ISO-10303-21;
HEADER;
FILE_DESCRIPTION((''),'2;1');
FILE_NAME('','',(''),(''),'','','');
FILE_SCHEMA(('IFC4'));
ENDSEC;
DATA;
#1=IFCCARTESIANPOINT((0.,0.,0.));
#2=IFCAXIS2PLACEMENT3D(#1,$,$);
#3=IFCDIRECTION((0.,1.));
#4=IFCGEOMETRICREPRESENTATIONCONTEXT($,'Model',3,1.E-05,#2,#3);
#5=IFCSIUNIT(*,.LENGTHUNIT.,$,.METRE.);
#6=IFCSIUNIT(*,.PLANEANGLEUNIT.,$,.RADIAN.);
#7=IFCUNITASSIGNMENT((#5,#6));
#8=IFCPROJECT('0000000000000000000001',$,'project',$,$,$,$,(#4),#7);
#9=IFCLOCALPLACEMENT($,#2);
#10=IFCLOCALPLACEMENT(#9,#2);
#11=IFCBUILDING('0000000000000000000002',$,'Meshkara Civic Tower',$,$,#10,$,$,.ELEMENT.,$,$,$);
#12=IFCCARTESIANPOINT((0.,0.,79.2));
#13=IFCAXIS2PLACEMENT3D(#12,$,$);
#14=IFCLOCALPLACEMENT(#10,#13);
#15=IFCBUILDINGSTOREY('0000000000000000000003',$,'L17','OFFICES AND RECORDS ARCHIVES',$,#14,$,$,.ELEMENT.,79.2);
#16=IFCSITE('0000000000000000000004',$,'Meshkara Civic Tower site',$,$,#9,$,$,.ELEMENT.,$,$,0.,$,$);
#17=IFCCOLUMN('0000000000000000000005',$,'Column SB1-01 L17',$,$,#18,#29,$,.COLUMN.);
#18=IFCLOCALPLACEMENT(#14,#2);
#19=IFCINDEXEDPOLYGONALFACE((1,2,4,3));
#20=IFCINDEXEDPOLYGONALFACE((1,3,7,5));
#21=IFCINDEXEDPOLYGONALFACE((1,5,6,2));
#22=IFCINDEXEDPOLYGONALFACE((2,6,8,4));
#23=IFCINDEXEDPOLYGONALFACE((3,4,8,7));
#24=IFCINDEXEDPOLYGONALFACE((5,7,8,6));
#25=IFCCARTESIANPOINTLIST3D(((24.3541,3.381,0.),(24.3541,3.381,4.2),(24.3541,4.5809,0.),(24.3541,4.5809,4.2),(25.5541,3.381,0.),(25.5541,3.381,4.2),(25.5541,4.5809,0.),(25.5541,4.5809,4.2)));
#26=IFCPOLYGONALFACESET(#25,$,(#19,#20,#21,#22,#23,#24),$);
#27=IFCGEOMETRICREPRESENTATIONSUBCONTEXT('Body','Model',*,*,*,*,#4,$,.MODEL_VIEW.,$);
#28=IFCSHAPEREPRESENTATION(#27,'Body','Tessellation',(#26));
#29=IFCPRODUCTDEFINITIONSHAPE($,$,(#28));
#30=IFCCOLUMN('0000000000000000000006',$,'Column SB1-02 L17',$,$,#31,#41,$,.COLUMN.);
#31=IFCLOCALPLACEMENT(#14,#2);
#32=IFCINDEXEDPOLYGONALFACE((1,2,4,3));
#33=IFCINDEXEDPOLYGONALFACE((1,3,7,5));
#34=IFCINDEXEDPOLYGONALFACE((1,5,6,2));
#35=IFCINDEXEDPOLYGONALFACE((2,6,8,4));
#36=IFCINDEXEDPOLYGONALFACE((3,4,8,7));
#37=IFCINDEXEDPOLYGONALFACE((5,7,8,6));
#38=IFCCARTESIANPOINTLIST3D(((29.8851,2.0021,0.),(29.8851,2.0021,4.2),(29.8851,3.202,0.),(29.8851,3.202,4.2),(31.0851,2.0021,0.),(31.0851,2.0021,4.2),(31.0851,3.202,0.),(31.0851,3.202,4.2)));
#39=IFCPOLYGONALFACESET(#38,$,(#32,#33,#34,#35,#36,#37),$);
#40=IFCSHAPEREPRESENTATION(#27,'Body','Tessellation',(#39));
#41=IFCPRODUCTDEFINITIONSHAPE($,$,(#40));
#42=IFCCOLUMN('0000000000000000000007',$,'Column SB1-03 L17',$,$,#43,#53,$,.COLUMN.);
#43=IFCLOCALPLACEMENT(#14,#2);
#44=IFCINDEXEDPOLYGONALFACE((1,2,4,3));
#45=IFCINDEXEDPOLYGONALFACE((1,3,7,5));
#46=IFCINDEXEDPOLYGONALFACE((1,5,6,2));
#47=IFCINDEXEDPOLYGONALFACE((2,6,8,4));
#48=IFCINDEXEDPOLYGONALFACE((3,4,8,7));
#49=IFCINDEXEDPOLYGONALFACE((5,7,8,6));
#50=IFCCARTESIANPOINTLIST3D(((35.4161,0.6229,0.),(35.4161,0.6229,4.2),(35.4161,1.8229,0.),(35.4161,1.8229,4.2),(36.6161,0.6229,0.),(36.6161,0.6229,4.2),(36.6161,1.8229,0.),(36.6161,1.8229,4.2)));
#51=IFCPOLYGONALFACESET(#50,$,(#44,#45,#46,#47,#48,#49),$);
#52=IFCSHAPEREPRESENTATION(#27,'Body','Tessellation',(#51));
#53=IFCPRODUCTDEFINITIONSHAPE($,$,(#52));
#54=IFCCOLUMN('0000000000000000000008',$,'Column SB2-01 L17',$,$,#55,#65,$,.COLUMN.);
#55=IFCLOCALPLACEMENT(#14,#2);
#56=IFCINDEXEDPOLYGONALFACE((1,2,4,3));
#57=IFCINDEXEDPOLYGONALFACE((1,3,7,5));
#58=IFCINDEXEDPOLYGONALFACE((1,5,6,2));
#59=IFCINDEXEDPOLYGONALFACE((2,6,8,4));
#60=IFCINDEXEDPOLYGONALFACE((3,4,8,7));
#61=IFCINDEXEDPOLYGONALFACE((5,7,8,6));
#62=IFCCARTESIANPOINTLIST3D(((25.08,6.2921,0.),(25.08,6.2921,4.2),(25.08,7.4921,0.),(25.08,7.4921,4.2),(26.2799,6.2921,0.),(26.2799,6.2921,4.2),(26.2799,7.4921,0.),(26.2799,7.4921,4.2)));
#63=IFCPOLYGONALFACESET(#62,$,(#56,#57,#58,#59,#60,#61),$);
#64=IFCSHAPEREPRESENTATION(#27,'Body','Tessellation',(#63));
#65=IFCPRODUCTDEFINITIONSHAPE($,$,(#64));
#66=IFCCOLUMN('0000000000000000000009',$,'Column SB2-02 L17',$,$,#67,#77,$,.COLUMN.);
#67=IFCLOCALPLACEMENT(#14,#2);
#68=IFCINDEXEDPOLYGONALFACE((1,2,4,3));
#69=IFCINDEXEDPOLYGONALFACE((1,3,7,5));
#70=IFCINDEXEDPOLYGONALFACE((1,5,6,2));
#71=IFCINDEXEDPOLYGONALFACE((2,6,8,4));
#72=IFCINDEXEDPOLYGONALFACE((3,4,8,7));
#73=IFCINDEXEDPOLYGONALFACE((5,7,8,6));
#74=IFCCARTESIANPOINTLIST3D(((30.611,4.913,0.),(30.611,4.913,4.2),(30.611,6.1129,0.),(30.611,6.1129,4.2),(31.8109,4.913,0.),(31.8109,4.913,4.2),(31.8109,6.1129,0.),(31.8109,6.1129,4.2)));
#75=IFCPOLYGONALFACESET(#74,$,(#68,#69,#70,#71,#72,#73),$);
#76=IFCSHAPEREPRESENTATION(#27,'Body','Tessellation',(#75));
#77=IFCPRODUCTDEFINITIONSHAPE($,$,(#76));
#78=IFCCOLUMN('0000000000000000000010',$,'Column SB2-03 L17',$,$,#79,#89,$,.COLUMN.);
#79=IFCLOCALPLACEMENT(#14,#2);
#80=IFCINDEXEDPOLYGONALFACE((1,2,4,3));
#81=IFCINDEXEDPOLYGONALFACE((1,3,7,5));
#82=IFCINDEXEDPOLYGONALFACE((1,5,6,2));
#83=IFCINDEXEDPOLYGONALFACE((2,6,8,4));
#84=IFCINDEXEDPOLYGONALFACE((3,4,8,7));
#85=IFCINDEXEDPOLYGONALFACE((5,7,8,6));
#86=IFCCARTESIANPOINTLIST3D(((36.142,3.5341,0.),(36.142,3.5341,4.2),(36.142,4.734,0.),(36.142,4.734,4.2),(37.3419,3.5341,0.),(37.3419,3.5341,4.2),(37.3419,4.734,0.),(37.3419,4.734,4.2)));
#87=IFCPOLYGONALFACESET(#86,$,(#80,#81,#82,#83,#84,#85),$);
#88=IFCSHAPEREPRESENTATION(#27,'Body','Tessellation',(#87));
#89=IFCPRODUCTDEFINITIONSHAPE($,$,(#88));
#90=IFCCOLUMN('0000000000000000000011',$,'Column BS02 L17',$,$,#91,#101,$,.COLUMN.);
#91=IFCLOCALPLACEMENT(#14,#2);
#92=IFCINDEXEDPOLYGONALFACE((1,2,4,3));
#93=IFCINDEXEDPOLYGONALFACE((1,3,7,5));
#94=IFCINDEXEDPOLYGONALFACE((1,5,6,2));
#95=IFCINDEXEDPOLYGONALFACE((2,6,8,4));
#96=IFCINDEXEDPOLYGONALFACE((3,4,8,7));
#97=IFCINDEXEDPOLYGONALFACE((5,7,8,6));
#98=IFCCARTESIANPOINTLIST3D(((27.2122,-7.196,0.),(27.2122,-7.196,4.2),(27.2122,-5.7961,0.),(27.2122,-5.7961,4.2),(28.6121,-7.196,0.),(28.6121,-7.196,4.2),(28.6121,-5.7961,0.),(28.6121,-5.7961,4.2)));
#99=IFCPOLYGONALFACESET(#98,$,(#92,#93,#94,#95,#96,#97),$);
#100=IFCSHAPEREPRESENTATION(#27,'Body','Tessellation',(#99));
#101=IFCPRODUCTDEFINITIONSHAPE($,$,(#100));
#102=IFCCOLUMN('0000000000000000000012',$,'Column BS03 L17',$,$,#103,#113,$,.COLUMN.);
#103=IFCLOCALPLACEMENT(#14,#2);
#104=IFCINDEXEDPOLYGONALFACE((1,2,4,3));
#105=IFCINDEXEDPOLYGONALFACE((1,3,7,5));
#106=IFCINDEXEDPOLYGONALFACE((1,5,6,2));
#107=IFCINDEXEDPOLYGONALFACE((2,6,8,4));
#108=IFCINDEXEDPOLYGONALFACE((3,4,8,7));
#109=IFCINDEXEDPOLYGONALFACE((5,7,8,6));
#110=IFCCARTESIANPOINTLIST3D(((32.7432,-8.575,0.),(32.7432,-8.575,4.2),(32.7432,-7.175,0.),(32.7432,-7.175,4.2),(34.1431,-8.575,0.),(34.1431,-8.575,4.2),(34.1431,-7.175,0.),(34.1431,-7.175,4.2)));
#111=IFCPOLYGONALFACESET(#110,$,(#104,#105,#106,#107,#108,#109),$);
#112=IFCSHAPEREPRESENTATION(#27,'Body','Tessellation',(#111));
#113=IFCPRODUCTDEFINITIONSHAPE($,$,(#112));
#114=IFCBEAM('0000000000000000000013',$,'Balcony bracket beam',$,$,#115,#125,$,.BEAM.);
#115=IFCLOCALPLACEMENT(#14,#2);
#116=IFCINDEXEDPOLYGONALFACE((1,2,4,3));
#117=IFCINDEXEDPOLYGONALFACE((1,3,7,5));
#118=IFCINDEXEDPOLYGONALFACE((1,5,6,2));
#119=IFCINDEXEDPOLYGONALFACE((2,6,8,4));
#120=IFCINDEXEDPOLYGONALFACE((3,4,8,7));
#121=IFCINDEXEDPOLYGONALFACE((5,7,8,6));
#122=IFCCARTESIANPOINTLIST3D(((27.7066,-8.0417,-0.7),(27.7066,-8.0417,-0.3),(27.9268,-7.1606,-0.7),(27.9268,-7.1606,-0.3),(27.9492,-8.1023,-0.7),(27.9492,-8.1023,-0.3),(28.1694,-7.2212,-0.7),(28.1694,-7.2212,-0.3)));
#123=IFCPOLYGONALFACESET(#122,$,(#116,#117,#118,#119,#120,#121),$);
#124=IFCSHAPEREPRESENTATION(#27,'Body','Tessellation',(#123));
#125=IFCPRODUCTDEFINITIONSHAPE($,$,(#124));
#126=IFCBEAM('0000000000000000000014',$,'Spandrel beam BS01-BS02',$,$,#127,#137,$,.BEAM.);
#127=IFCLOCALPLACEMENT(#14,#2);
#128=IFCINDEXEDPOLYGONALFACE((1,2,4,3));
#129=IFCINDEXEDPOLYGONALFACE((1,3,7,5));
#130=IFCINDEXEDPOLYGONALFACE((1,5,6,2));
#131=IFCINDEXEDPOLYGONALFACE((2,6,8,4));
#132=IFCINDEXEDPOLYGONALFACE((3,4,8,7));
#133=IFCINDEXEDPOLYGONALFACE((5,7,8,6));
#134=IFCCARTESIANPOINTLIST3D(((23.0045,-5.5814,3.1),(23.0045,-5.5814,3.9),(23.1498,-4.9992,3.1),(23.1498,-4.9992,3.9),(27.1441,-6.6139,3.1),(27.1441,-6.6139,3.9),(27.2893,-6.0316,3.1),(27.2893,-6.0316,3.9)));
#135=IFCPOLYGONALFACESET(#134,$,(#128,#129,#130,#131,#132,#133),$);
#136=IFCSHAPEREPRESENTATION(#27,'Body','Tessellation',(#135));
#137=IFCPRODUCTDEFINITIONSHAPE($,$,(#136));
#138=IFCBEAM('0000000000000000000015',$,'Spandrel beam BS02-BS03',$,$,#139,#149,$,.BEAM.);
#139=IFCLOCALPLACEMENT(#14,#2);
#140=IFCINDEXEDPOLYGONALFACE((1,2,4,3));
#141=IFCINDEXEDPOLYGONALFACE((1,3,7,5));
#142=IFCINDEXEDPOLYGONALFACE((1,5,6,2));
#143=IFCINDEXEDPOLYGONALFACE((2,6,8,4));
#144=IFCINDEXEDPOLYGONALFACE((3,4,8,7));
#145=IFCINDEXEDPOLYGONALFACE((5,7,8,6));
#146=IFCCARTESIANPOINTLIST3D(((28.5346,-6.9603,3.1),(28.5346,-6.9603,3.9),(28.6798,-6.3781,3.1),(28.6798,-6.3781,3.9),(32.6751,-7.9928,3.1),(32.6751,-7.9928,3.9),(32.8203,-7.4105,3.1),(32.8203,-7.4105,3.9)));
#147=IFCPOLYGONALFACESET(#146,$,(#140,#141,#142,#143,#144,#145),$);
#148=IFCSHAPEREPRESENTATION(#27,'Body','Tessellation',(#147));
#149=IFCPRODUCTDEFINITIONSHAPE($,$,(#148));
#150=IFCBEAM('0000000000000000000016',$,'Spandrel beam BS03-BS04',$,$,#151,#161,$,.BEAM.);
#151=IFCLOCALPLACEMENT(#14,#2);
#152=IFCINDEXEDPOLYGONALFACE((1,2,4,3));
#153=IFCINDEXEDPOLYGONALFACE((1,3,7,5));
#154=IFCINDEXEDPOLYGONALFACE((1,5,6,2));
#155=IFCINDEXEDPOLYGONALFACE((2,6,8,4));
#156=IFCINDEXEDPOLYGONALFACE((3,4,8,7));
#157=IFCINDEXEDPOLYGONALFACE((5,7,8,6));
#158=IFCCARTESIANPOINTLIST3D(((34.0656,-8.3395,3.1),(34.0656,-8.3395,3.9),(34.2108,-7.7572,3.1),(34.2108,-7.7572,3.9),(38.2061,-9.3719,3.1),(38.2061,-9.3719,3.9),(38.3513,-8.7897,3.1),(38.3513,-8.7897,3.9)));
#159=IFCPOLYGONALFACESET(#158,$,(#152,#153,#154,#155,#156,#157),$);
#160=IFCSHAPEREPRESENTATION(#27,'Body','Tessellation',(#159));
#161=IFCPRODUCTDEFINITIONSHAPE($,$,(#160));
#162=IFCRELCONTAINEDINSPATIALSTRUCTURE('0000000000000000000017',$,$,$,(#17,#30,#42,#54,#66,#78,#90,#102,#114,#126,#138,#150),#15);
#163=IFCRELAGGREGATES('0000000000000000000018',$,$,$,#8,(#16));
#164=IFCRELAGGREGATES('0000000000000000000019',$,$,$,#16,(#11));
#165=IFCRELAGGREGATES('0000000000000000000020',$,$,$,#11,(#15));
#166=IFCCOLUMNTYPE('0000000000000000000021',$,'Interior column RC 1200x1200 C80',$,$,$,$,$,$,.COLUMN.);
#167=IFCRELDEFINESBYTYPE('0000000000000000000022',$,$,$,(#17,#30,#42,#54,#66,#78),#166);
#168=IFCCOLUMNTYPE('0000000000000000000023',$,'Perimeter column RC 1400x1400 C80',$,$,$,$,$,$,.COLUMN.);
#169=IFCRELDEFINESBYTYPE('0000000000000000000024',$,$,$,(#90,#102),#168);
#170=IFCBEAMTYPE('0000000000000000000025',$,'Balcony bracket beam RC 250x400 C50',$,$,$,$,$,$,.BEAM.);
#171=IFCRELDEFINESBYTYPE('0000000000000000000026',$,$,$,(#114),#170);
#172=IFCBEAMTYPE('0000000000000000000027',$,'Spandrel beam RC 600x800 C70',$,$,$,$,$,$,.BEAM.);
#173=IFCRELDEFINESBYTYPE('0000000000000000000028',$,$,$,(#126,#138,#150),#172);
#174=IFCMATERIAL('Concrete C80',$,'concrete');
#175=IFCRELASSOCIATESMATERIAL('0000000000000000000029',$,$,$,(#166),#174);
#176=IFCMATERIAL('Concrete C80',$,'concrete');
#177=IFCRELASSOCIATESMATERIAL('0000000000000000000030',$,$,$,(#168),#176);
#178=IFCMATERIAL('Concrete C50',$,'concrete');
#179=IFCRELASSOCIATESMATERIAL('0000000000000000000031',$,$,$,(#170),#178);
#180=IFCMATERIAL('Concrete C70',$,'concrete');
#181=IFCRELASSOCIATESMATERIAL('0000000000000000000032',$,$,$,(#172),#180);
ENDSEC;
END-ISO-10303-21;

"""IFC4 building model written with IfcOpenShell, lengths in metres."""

from ifc_helpers import new_model, si_unit, direction, frame, origin, origin_2d, place, context, subcontext, project, spatial, rectangle, extrude, material, material_profile, profile_set, type_object, element, save


model = new_model("IFC4")

# Units and contexts
model_context = context("Model", 3, precision=1e-05, world=origin(), true_north=direction((0.0, 1.0)))
body_context = subcontext(model_context, "Body", "Model", "MODEL_VIEW")
ifc_project = project(units=[si_unit("LENGTHUNIT", "METRE"), si_unit("PLANEANGLEUNIT", "RADIAN")], contexts=[model_context])

# Site, building, storey
site_placement = place(None, origin())
site = spatial("IfcSite", under=ifc_project, at=site_placement, Name="Meshkara Civic Tower site", CompositionType="ELEMENT", RefElevation=0.0)
building_placement = place(site_placement, origin())
building = spatial("IfcBuilding", under=site, at=building_placement, Name="Meshkara Civic Tower", CompositionType="ELEMENT")
storey_placement = place(building_placement, frame((0.0, 0.0, 79.2)))
storey = spatial("IfcBuildingStorey", under=building, at=storey_placement, Name="L17", Description="OFFICES AND RECORDS ARCHIVES", CompositionType="ELEMENT", Elevation=79.2)

# Columns
ifc_material_1 = material(Name="Concrete C80", Category="concrete")
ifc_material_profile_1 = material_profile(ifc_material_1, rectangle(XDim=1.2, YDim=1.2, at=origin_2d()))
ifc_profile_set_1 = profile_set([ifc_material_profile_1], Name="Concrete C80")
column_type_1 = type_object("IfcColumnType", Name="Interior column RC 1200x1200 C80", PredefinedType="COLUMN", material=ifc_profile_set_1)
for number, where, z_axis, x_axis, name in (
    (1, (24.9541, 3.981, 0.0), (0.0, 0.0, 1.0), (1.0, 0.0, 0.0), "Column SB1-01 L17"),
    (2, (30.4851, 2.6021, 0.0), (0.0, 0.0, 1.0), (1.0, 0.0, 0.0), "Column SB1-02 L17"),
    (3, (36.0161, 1.2229, 0.0), (0.0, 0.0, 1.0), (1.0, 0.0, 0.0), "Column SB1-03 L17"),
    (4, (25.6799, 6.8921, 0.0), (0.0, 0.0, 1.0), (1.0, 0.0, 0.0), "Column SB2-01 L17"),
    (5, (31.2109, 5.5129, 0.0), (0.0, 0.0, 1.0), (1.0, 0.0, 0.0), "Column SB2-02 L17"),
    (6, (36.7419, 4.134, 0.0), (0.0, 0.0, 1.0), (1.0, 0.0, 0.0), "Column SB2-03 L17"),
):
    element("IfcColumn", number, at=place(storey_placement, frame(where, z_axis=z_axis, x_axis=x_axis)), inside=storey, type_object=column_type_1, Name=name, PredefinedType="COLUMN", context=body_context, shape_type="SweptSolid", body=[
        extrude(rectangle(XDim=1.2, YDim=1.2, at=origin_2d()), origin(), (0.0, 0.0, 1.0), 4.2),
    ])
ifc_material_2 = material(Name="Concrete C80", Category="concrete")
ifc_material_profile_2 = material_profile(ifc_material_2, rectangle(XDim=1.3999, YDim=1.3999, at=origin_2d()))
ifc_profile_set_2 = profile_set([ifc_material_profile_2], Name="Concrete C80")
column_type_2 = type_object("IfcColumnType", Name="Perimeter column RC 1400x1400 C80", PredefinedType="COLUMN", material=ifc_profile_set_2)
for number, where, z_axis, x_axis, name in (
    (7, (27.9121, -6.4961, 0.0), (0.0, 0.0, 1.0), (1.0, 0.0, 0.0), "Column BS02 L17"),
    (8, (33.4431, -7.875, 0.0), (0.0, 0.0, 1.0), (1.0, 0.0, 0.0), "Column BS03 L17"),
):
    element("IfcColumn", number, at=place(storey_placement, frame(where, z_axis=z_axis, x_axis=x_axis)), inside=storey, type_object=column_type_2, Name=name, PredefinedType="COLUMN", context=body_context, shape_type="SweptSolid", body=[
        extrude(rectangle(XDim=1.3999, YDim=1.3999, at=origin_2d()), origin(), (0.0, 0.0, 1.0), 4.2),
    ])

# Beams
ifc_material_3 = material(Name="Concrete C50", Category="concrete")
ifc_material_profile_3 = material_profile(ifc_material_3, rectangle(XDim=0.25, YDim=0.3999, at=origin_2d()))
ifc_profile_set_3 = profile_set([ifc_material_profile_3], Name="Concrete C50")
beam_type_1 = type_object("IfcBeamType", Name="Balcony bracket beam RC 250x400 C50", PredefinedType="BEAM", material=ifc_profile_set_3)
beam_1_placement = place(storey_placement, frame((28.0481, -7.1909, -0.5), z_axis=(-0.242472, -0.970158, 0.0), x_axis=(0.970158, -0.242472, 0.0)))
element("IfcBeam", 9, at=beam_1_placement, inside=storey, type_object=beam_type_1, Name="Balcony bracket beam", PredefinedType="BEAM", context=body_context, shape_type="SweptSolid", body=[
    extrude(rectangle(XDim=0.25, YDim=0.3999, at=origin_2d()), origin(), (0.0, 0.0, 1.0), 0.9082),
])
ifc_material_4 = material(Name="Concrete C70", Category="concrete")
ifc_material_profile_4 = material_profile(ifc_material_4, rectangle(XDim=0.6001, YDim=0.8, at=origin_2d()))
ifc_profile_set_4 = profile_set([ifc_material_profile_4], Name="Concrete C70")
beam_type_2 = type_object("IfcBeamType", Name="Spandrel beam RC 600x800 C70", PredefinedType="BEAM", material=ifc_profile_set_4)
beam_2_placement = place(storey_placement, frame((23.0771, -5.2903, 3.5), z_axis=(0.970277, -0.241997, 0.0), x_axis=(0.241997, 0.970277, 0.0)))
element("IfcBeam", 10, at=beam_2_placement, inside=storey, type_object=beam_type_2, Name="Spandrel beam BS01-BS02", PredefinedType="BEAM", context=body_context, shape_type="SweptSolid", body=[
    extrude(rectangle(XDim=0.6001, YDim=0.8, at=origin_2d()), origin(), (0.0, 0.0, 1.0), 4.2664),
])
for number, where, z_axis, x_axis, name in (
    (11, (28.6072, -6.6692, 3.5), (0.97029, -0.241943, 0.0), (0.241943, 0.97029, 0.0), "Spandrel beam BS02-BS03"),
    (12, (34.1382, -8.0483, 3.5), (0.97029, -0.241943, 0.0), (0.241943, 0.97029, 0.0), "Spandrel beam BS03-BS04"),
):
    element("IfcBeam", number, at=place(storey_placement, frame(where, z_axis=z_axis, x_axis=x_axis)), inside=storey, type_object=beam_type_2, Name=name, PredefinedType="BEAM", context=body_context, shape_type="SweptSolid", body=[
        extrude(rectangle(XDim=0.6001, YDim=0.8, at=origin_2d()), origin(), (0.0, 0.0, 1.0), 4.2673),
    ])

save(model, "model.ifc")
